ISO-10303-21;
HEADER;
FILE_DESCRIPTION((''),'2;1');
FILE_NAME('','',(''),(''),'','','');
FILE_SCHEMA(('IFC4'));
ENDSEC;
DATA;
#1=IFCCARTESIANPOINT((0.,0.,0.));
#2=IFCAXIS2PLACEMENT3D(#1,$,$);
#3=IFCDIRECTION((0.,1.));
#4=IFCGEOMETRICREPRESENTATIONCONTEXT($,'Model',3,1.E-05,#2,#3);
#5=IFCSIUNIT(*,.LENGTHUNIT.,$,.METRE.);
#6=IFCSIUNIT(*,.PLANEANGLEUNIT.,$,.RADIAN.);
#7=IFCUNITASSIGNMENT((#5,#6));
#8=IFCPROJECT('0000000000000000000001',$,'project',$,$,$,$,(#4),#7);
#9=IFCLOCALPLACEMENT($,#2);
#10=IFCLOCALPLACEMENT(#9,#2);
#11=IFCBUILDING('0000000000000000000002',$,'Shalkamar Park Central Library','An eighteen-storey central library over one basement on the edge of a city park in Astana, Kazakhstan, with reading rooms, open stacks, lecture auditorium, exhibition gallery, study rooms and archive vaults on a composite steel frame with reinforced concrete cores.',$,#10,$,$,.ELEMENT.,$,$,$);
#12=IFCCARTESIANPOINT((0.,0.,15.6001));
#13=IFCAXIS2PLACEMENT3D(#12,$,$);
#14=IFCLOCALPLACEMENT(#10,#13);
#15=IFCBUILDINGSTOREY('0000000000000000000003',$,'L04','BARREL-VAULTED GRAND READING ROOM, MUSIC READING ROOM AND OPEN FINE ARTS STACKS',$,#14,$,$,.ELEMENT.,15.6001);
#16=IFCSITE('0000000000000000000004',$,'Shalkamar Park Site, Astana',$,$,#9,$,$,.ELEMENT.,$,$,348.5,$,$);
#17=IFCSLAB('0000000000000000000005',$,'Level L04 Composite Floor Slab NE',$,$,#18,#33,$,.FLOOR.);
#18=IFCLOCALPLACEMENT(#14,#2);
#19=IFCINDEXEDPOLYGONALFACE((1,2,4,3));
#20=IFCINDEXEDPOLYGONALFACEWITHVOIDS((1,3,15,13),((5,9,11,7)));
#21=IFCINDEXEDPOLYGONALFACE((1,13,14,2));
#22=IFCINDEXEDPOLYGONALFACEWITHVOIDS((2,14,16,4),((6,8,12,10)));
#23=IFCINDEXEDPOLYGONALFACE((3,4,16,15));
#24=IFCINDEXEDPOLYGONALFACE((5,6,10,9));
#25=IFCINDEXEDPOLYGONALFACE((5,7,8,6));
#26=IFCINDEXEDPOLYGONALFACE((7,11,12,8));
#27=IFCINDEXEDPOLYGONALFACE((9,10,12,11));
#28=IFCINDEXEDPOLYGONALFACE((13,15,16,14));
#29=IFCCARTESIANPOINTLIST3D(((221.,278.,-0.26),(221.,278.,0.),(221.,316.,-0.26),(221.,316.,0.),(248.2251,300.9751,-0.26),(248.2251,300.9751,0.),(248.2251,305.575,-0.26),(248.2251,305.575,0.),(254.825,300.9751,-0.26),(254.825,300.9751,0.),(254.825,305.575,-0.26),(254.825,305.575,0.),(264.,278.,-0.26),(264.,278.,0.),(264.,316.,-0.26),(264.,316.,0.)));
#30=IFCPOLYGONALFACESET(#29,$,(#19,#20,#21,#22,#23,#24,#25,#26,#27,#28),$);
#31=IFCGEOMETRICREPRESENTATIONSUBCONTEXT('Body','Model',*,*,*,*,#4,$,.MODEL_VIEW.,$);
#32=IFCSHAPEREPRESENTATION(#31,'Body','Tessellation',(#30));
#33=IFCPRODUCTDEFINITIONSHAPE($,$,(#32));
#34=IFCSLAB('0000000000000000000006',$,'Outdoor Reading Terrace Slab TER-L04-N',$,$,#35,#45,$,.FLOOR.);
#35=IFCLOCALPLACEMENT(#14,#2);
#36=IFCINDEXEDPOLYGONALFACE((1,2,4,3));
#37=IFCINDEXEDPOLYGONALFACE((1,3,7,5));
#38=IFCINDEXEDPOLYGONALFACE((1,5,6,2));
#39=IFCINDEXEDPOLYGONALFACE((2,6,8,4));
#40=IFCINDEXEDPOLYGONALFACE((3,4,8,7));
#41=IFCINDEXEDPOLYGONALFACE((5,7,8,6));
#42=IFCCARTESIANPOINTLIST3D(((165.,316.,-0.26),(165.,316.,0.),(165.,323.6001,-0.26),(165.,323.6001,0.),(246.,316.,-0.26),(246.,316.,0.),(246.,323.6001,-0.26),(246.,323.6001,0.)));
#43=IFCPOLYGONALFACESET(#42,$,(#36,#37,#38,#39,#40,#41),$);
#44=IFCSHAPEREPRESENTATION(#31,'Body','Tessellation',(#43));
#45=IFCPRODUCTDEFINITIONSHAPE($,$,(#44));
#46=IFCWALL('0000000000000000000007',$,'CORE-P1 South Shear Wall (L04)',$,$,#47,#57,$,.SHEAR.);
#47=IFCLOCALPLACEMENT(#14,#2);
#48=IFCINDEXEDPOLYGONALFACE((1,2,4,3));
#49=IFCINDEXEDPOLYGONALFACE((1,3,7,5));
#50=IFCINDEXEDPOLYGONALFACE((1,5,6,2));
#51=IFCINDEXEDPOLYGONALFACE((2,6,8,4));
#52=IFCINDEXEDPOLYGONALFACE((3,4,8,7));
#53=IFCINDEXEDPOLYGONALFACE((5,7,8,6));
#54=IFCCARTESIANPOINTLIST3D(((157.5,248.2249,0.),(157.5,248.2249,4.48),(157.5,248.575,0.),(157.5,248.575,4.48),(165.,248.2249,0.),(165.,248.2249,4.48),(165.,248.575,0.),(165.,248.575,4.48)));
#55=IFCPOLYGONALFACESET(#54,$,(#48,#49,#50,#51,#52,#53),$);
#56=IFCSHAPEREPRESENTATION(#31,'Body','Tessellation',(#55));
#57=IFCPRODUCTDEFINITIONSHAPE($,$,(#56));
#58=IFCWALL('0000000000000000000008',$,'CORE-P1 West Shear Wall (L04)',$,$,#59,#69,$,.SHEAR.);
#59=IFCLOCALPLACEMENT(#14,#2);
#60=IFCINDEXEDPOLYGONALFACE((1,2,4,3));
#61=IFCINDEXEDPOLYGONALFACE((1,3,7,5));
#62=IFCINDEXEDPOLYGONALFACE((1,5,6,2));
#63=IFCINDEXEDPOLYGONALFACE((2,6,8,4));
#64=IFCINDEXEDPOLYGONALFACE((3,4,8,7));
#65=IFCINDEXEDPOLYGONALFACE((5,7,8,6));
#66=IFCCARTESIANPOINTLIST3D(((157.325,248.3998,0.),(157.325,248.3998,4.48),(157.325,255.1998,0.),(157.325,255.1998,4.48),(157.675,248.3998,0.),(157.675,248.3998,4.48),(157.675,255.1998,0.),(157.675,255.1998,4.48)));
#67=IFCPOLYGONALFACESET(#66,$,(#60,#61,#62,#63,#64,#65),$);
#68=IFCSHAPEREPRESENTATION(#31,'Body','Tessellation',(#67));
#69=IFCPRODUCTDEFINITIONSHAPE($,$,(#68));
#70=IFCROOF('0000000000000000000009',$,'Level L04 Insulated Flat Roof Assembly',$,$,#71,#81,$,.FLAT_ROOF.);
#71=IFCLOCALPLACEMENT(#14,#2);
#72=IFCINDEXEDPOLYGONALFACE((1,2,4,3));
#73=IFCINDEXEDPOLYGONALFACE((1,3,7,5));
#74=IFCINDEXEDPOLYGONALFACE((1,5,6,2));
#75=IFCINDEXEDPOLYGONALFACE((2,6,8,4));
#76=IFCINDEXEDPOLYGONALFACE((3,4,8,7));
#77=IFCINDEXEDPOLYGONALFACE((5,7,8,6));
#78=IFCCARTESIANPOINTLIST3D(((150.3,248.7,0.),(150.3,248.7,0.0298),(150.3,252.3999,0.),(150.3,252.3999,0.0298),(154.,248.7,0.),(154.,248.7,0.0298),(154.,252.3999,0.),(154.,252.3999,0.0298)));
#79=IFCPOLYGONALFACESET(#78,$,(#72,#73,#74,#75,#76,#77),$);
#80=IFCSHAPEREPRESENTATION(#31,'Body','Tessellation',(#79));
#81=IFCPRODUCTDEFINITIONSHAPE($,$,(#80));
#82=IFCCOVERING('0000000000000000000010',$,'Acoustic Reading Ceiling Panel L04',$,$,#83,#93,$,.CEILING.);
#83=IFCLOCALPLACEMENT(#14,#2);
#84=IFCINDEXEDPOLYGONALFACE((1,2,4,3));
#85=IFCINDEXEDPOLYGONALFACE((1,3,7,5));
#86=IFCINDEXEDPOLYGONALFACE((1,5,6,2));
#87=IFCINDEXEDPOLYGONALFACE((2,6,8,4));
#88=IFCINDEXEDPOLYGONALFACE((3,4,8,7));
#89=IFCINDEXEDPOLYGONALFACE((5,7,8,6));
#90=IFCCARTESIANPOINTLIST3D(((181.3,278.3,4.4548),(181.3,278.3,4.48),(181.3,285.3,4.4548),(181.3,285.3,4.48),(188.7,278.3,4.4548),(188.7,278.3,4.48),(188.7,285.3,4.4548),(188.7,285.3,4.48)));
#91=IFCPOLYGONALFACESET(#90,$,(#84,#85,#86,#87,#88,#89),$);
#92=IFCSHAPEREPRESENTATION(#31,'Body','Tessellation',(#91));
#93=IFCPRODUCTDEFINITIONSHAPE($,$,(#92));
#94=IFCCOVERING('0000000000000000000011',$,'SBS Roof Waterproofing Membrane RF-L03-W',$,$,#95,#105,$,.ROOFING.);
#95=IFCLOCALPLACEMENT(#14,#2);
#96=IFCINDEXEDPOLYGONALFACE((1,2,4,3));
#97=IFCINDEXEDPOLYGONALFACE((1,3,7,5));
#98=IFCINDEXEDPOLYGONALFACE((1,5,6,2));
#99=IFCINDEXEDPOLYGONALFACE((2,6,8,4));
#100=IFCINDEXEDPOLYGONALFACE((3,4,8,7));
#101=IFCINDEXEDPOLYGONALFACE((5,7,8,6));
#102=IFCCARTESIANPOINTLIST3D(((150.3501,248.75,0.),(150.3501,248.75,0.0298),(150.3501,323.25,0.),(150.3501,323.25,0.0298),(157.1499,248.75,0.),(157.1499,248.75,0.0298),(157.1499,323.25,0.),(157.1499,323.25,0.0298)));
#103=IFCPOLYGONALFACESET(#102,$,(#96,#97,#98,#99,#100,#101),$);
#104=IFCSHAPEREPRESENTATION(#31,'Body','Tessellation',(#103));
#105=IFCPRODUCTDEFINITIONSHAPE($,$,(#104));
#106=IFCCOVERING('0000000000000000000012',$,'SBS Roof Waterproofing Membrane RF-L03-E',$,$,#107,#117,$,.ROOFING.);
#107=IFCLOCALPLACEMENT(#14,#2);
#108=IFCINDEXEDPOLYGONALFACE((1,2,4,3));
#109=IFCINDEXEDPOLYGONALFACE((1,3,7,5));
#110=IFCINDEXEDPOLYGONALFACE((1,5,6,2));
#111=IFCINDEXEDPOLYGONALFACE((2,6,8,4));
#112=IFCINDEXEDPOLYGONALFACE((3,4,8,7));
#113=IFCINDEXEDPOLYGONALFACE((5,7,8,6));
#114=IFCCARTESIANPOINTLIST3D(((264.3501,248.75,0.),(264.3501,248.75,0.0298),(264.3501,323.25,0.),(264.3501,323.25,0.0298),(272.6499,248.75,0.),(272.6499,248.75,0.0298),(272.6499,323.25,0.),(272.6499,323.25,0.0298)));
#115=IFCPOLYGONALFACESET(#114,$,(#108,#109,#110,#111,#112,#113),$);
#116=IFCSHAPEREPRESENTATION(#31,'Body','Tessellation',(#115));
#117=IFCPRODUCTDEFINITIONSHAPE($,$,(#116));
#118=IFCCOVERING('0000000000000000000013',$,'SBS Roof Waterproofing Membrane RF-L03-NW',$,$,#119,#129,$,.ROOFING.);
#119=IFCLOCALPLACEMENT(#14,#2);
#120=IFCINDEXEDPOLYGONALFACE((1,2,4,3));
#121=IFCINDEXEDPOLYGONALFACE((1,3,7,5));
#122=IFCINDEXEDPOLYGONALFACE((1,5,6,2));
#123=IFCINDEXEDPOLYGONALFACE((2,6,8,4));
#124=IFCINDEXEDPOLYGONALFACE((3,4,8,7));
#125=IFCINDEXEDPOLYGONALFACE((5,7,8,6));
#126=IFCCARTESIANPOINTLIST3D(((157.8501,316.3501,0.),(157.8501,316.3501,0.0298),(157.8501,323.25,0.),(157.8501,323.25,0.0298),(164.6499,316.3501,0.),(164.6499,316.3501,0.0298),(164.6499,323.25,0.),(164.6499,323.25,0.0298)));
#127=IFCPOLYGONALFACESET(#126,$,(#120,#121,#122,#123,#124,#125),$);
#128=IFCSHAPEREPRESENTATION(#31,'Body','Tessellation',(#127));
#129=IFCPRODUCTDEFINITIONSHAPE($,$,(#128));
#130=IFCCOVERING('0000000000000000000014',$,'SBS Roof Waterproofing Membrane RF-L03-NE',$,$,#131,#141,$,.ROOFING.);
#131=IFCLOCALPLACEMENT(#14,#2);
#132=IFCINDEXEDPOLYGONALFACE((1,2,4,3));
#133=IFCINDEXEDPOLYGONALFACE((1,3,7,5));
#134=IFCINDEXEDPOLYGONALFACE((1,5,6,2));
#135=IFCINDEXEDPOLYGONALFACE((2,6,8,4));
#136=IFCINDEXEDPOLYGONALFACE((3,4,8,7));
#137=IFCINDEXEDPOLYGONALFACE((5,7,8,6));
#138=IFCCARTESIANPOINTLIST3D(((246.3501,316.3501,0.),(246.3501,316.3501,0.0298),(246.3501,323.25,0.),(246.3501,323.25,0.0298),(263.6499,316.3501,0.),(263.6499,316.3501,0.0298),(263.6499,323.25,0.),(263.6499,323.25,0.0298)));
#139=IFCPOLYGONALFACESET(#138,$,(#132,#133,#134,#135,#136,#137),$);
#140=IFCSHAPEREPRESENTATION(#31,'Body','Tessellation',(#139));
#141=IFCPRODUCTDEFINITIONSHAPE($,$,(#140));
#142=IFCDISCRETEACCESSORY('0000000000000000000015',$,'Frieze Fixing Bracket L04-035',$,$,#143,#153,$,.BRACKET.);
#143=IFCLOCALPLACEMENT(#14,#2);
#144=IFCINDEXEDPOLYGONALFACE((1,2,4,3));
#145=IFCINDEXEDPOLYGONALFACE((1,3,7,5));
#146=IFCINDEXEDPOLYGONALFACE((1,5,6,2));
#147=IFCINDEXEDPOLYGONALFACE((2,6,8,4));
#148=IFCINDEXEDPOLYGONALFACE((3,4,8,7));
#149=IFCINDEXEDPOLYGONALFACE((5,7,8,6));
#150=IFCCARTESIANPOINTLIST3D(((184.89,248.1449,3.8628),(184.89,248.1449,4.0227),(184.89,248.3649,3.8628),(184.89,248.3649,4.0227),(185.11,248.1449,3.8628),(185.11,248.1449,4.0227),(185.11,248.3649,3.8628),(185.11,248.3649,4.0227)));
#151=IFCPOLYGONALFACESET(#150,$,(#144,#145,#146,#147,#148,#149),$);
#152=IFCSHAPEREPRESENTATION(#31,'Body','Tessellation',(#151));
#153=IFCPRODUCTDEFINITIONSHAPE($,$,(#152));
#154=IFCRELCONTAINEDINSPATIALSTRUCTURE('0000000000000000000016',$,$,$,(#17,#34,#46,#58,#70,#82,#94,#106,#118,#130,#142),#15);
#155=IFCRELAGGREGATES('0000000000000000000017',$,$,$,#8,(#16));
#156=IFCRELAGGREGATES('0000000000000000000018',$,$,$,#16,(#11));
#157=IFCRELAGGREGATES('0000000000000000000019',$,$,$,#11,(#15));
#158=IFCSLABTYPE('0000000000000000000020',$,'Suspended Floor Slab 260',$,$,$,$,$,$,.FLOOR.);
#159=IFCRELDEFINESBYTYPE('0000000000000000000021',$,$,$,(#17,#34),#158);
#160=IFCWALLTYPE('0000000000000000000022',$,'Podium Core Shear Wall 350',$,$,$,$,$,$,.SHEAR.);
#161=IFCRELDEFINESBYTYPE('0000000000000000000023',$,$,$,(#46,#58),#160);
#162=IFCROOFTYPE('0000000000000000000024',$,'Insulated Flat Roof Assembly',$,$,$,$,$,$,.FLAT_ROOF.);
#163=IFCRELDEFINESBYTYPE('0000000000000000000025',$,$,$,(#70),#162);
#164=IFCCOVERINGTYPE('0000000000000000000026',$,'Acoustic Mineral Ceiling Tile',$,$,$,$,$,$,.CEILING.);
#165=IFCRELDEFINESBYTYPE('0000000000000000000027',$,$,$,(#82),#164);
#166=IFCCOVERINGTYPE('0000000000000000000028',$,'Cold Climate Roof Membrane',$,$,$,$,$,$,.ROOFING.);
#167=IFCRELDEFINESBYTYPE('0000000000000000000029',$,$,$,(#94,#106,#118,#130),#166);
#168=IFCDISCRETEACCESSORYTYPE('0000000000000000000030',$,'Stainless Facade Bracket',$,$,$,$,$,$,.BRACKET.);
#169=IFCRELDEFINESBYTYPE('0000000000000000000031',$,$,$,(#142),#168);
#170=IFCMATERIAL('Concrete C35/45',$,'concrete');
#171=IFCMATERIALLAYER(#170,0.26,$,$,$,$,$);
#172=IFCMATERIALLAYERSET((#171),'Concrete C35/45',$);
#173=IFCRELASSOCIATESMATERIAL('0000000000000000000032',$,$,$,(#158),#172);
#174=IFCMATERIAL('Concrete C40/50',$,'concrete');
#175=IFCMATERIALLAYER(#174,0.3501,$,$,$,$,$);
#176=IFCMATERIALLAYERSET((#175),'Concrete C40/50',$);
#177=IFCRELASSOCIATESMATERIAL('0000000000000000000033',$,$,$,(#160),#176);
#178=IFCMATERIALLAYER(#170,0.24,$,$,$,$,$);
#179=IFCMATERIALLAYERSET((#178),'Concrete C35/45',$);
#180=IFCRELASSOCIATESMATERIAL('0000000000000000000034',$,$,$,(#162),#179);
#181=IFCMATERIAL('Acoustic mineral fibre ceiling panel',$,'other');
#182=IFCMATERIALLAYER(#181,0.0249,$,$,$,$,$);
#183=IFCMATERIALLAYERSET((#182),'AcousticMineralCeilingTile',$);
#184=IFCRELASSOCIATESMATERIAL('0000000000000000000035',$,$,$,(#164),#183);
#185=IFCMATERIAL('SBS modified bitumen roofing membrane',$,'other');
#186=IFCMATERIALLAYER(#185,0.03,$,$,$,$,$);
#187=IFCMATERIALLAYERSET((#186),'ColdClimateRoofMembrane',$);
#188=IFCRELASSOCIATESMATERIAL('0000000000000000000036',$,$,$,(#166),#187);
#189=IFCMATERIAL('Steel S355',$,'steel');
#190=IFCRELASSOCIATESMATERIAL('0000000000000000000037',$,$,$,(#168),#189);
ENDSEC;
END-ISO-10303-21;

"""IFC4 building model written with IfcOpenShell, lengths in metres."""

from ifc_helpers import new_model, si_unit, direction, frame, frame_2d, origin, origin_2d, place, context, subcontext, project, spatial, polyline, rectangle, outline, extrude, material, layer, layer_set, type_object, element, save


model = new_model("IFC4")

# Units and contexts
model_context = context("Model", 3, precision=1e-05, world=origin(), true_north=direction((0.0, 1.0)))
body_context = subcontext(model_context, "Body", "Model", "MODEL_VIEW")
ifc_project = project(units=[si_unit("LENGTHUNIT", "METRE"), si_unit("PLANEANGLEUNIT", "RADIAN")], contexts=[model_context])

# Site, building, storey
site_placement = place(None, origin())
site = spatial("IfcSite", under=ifc_project, at=site_placement, Name="Shalkamar Park Site, Astana", CompositionType="ELEMENT", RefElevation=348.5)
building_placement = place(site_placement, origin())
building = spatial("IfcBuilding", under=site, at=building_placement, Name="Shalkamar Park Central Library", Description="An eighteen-storey central library over one basement on the edge of a city park in Astana, Kazakhstan, with reading rooms, open stacks, lecture auditorium, exhibition gallery, study rooms and archive vaults on a composite steel frame with reinforced concrete cores.", CompositionType="ELEMENT")
storey_placement = place(building_placement, frame((0.0, 0.0, 15.6001)))
storey = spatial("IfcBuildingStorey", under=building, at=storey_placement, Name="L04", Description="BARREL-VAULTED GRAND READING ROOM, MUSIC READING ROOM AND OPEN FINE ARTS STACKS", CompositionType="ELEMENT", Elevation=15.6001)

# Shared definitions
ifc_material_1 = material(Name="Steel S355", Category="steel")

# Shared definitions
ifc_material_2 = material(Name="Concrete C35/45", Category="concrete")

# Slabs
ifc_layer_1 = layer(ifc_material_2, 0.26)
ifc_layer_set_1 = layer_set([ifc_layer_1], Name="Concrete C35/45")
slab_type_1 = type_object("IfcSlabType", Name="Suspended Floor Slab 260", PredefinedType="FLOOR", material=ifc_layer_set_1)
slab_1_placement = place(storey_placement, frame((0.0, 0.0, -0.26)))
element("IfcSlab", 1, at=slab_1_placement, inside=storey, type_object=slab_type_1, Name="Level L04 Composite Floor Slab NE", PredefinedType="FLOOR", context=body_context, shape_type="SweptSolid", body=[
    extrude(outline(polyline([(221.0, 278.0), (221.0, 316.0), (264.0, 316.0), (264.0, 278.0), (221.0, 278.0)]), holes=[polyline([(254.825, 305.575), (248.2251, 305.575), (248.2251, 300.9751), (254.825, 300.9751), (254.825, 305.575)])]), origin(), (0.0, 0.0, 1.0), 0.26),
])
slab_2_placement = place(storey_placement, frame((0.0, 0.0, -0.26)))
element("IfcSlab", 2, at=slab_2_placement, inside=storey, type_object=slab_type_1, Name="Outdoor Reading Terrace Slab TER-L04-N", PredefinedType="FLOOR", context=body_context, shape_type="SweptSolid", body=[
    extrude(outline(polyline([(165.0, 316.0), (246.0, 316.0), (246.0, 323.6001), (165.0, 323.6001), (165.0, 316.0)])), origin(), (0.0, 0.0, 1.0), 0.26),
])

# Walls
ifc_material_3 = material(Name="Concrete C40/50", Category="concrete")
ifc_layer_2 = layer(ifc_material_3, 0.3501)
ifc_layer_set_2 = layer_set([ifc_layer_2], Name="Concrete C40/50")
wall_type = type_object("IfcWallType", Name="Podium Core Shear Wall 350", PredefinedType="SHEAR", material=ifc_layer_set_2)
wall_1_placement = place(storey_placement, frame((157.5, 248.3999, 0.0), z_axis=(0.0, 0.0, 1.0), x_axis=(1.0, 0.0, 0.0)))
element("IfcWall", 3, at=wall_1_placement, inside=storey, type_object=wall_type, Name="CORE-P1 South Shear Wall (L04)", PredefinedType="SHEAR", context=body_context, shape_type="SweptSolid", body=[
    extrude(rectangle(XDim=7.5, YDim=0.3501, at=frame_2d((3.75, 0.0))), origin(), (0.0, 0.0, 1.0), 4.48),
])
wall_2_placement = place(storey_placement, frame((157.5, 248.3999, 0.0), z_axis=(0.0, 0.0, 1.0), x_axis=(0.0, 1.0, 0.0)))
element("IfcWall", 4, at=wall_2_placement, inside=storey, type_object=wall_type, Name="CORE-P1 West Shear Wall (L04)", PredefinedType="SHEAR", context=body_context, shape_type="SweptSolid", body=[
    extrude(rectangle(XDim=6.8, YDim=0.3501, at=frame_2d((3.3999, 0.0))), origin(), (0.0, 0.0, 1.0), 4.48),
])

# Roof
ifc_layer_3 = layer(ifc_material_2, 0.24)
ifc_layer_set_3 = layer_set([ifc_layer_3], Name="Concrete C35/45")
roof_type = type_object("IfcRoofType", Name="Insulated Flat Roof Assembly", PredefinedType="FLAT_ROOF", material=ifc_layer_set_3)
roof_placement = place(storey_placement, origin())
element("IfcRoof", 5, at=roof_placement, inside=storey, type_object=roof_type, Name="Level L04 Insulated Flat Roof Assembly", PredefinedType="FLAT_ROOF", context=body_context, shape_type="SweptSolid", body=[
    extrude(outline(polyline([(150.3, 248.7), (154.0, 248.7), (154.0, 252.3999), (150.3, 252.3999), (150.3, 248.7)])), origin(), (0.0, 0.0, 1.0), 0.0298),
])

# Coverings
ifc_material_4 = material(Name="Acoustic mineral fibre ceiling panel", Category="other")
ifc_layer_4 = layer(ifc_material_4, 0.0249)
ifc_layer_set_4 = layer_set([ifc_layer_4], Name="AcousticMineralCeilingTile")
covering_type_1 = type_object("IfcCoveringType", Name="Acoustic Mineral Ceiling Tile", PredefinedType="CEILING", material=ifc_layer_set_4)
covering_1_placement = place(storey_placement, frame((0.0, 0.0, 4.4548)))
element("IfcCovering", 6, at=covering_1_placement, inside=storey, type_object=covering_type_1, Name="Acoustic Reading Ceiling Panel L04", PredefinedType="CEILING", context=body_context, shape_type="SweptSolid", body=[
    extrude(outline(polyline([(181.3, 278.3), (188.7, 278.3), (188.7, 285.3), (181.3, 285.3), (181.3, 278.3)])), origin(), (0.0, 0.0, 1.0), 0.0251),
])
ifc_material_5 = material(Name="SBS modified bitumen roofing membrane", Category="other")
ifc_layer_5 = layer(ifc_material_5, 0.03)
ifc_layer_set_5 = layer_set([ifc_layer_5], Name="ColdClimateRoofMembrane")
covering_type_2 = type_object("IfcCoveringType", Name="Cold Climate Roof Membrane", PredefinedType="ROOFING", material=ifc_layer_set_5)
covering_2_placement = place(storey_placement, origin())
element("IfcCovering", 7, at=covering_2_placement, inside=storey, type_object=covering_type_2, Name="SBS Roof Waterproofing Membrane RF-L03-W", PredefinedType="ROOFING", context=body_context, shape_type="SweptSolid", body=[
    extrude(outline(polyline([(150.3501, 248.75), (157.1499, 248.75), (157.1499, 323.25), (150.3501, 323.25), (150.3501, 248.75)])), origin(), (0.0, 0.0, 1.0), 0.0298),
])
covering_3_placement = place(storey_placement, origin())
element("IfcCovering", 8, at=covering_3_placement, inside=storey, type_object=covering_type_2, Name="SBS Roof Waterproofing Membrane RF-L03-E", PredefinedType="ROOFING", context=body_context, shape_type="SweptSolid", body=[
    extrude(outline(polyline([(264.3501, 248.75), (272.6499, 248.75), (272.6499, 323.25), (264.3501, 323.25), (264.3501, 248.75)])), origin(), (0.0, 0.0, 1.0), 0.0298),
])
covering_4_placement = place(storey_placement, origin())
element("IfcCovering", 9, at=covering_4_placement, inside=storey, type_object=covering_type_2, Name="SBS Roof Waterproofing Membrane RF-L03-NW", PredefinedType="ROOFING", context=body_context, shape_type="SweptSolid", body=[
    extrude(outline(polyline([(157.8501, 316.3501), (164.6499, 316.3501), (164.6499, 323.25), (157.8501, 323.25), (157.8501, 316.3501)])), origin(), (0.0, 0.0, 1.0), 0.0298),
])
covering_5_placement = place(storey_placement, origin())
element("IfcCovering", 10, at=covering_5_placement, inside=storey, type_object=covering_type_2, Name="SBS Roof Waterproofing Membrane RF-L03-NE", PredefinedType="ROOFING", context=body_context, shape_type="SweptSolid", body=[
    extrude(outline(polyline([(246.3501, 316.3501), (263.6499, 316.3501), (263.6499, 323.25), (246.3501, 323.25), (246.3501, 316.3501)])), origin(), (0.0, 0.0, 1.0), 0.0298),
])

# Discrete accessory
discrete_accessory_type = type_object("IfcDiscreteAccessoryType", Name="Stainless Facade Bracket", PredefinedType="BRACKET", material=ifc_material_1)
discrete_accessory_placement = place(storey_placement, frame((185.0, 248.2549, 3.8628), z_axis=(0.0, 0.0, 1.0), x_axis=(1.0, 0.0, 0.0)))
element("IfcDiscreteAccessory", 11, at=discrete_accessory_placement, inside=storey, type_object=discrete_accessory_type, Name="Frieze Fixing Bracket L04-035", PredefinedType="BRACKET", context=body_context, shape_type="SweptSolid", body=[
    extrude(rectangle(XDim=0.22, YDim=0.22, at=origin_2d()), origin(), (0.0, 0.0, 1.0), 0.1599),
])

save(model, "model.ifc")
